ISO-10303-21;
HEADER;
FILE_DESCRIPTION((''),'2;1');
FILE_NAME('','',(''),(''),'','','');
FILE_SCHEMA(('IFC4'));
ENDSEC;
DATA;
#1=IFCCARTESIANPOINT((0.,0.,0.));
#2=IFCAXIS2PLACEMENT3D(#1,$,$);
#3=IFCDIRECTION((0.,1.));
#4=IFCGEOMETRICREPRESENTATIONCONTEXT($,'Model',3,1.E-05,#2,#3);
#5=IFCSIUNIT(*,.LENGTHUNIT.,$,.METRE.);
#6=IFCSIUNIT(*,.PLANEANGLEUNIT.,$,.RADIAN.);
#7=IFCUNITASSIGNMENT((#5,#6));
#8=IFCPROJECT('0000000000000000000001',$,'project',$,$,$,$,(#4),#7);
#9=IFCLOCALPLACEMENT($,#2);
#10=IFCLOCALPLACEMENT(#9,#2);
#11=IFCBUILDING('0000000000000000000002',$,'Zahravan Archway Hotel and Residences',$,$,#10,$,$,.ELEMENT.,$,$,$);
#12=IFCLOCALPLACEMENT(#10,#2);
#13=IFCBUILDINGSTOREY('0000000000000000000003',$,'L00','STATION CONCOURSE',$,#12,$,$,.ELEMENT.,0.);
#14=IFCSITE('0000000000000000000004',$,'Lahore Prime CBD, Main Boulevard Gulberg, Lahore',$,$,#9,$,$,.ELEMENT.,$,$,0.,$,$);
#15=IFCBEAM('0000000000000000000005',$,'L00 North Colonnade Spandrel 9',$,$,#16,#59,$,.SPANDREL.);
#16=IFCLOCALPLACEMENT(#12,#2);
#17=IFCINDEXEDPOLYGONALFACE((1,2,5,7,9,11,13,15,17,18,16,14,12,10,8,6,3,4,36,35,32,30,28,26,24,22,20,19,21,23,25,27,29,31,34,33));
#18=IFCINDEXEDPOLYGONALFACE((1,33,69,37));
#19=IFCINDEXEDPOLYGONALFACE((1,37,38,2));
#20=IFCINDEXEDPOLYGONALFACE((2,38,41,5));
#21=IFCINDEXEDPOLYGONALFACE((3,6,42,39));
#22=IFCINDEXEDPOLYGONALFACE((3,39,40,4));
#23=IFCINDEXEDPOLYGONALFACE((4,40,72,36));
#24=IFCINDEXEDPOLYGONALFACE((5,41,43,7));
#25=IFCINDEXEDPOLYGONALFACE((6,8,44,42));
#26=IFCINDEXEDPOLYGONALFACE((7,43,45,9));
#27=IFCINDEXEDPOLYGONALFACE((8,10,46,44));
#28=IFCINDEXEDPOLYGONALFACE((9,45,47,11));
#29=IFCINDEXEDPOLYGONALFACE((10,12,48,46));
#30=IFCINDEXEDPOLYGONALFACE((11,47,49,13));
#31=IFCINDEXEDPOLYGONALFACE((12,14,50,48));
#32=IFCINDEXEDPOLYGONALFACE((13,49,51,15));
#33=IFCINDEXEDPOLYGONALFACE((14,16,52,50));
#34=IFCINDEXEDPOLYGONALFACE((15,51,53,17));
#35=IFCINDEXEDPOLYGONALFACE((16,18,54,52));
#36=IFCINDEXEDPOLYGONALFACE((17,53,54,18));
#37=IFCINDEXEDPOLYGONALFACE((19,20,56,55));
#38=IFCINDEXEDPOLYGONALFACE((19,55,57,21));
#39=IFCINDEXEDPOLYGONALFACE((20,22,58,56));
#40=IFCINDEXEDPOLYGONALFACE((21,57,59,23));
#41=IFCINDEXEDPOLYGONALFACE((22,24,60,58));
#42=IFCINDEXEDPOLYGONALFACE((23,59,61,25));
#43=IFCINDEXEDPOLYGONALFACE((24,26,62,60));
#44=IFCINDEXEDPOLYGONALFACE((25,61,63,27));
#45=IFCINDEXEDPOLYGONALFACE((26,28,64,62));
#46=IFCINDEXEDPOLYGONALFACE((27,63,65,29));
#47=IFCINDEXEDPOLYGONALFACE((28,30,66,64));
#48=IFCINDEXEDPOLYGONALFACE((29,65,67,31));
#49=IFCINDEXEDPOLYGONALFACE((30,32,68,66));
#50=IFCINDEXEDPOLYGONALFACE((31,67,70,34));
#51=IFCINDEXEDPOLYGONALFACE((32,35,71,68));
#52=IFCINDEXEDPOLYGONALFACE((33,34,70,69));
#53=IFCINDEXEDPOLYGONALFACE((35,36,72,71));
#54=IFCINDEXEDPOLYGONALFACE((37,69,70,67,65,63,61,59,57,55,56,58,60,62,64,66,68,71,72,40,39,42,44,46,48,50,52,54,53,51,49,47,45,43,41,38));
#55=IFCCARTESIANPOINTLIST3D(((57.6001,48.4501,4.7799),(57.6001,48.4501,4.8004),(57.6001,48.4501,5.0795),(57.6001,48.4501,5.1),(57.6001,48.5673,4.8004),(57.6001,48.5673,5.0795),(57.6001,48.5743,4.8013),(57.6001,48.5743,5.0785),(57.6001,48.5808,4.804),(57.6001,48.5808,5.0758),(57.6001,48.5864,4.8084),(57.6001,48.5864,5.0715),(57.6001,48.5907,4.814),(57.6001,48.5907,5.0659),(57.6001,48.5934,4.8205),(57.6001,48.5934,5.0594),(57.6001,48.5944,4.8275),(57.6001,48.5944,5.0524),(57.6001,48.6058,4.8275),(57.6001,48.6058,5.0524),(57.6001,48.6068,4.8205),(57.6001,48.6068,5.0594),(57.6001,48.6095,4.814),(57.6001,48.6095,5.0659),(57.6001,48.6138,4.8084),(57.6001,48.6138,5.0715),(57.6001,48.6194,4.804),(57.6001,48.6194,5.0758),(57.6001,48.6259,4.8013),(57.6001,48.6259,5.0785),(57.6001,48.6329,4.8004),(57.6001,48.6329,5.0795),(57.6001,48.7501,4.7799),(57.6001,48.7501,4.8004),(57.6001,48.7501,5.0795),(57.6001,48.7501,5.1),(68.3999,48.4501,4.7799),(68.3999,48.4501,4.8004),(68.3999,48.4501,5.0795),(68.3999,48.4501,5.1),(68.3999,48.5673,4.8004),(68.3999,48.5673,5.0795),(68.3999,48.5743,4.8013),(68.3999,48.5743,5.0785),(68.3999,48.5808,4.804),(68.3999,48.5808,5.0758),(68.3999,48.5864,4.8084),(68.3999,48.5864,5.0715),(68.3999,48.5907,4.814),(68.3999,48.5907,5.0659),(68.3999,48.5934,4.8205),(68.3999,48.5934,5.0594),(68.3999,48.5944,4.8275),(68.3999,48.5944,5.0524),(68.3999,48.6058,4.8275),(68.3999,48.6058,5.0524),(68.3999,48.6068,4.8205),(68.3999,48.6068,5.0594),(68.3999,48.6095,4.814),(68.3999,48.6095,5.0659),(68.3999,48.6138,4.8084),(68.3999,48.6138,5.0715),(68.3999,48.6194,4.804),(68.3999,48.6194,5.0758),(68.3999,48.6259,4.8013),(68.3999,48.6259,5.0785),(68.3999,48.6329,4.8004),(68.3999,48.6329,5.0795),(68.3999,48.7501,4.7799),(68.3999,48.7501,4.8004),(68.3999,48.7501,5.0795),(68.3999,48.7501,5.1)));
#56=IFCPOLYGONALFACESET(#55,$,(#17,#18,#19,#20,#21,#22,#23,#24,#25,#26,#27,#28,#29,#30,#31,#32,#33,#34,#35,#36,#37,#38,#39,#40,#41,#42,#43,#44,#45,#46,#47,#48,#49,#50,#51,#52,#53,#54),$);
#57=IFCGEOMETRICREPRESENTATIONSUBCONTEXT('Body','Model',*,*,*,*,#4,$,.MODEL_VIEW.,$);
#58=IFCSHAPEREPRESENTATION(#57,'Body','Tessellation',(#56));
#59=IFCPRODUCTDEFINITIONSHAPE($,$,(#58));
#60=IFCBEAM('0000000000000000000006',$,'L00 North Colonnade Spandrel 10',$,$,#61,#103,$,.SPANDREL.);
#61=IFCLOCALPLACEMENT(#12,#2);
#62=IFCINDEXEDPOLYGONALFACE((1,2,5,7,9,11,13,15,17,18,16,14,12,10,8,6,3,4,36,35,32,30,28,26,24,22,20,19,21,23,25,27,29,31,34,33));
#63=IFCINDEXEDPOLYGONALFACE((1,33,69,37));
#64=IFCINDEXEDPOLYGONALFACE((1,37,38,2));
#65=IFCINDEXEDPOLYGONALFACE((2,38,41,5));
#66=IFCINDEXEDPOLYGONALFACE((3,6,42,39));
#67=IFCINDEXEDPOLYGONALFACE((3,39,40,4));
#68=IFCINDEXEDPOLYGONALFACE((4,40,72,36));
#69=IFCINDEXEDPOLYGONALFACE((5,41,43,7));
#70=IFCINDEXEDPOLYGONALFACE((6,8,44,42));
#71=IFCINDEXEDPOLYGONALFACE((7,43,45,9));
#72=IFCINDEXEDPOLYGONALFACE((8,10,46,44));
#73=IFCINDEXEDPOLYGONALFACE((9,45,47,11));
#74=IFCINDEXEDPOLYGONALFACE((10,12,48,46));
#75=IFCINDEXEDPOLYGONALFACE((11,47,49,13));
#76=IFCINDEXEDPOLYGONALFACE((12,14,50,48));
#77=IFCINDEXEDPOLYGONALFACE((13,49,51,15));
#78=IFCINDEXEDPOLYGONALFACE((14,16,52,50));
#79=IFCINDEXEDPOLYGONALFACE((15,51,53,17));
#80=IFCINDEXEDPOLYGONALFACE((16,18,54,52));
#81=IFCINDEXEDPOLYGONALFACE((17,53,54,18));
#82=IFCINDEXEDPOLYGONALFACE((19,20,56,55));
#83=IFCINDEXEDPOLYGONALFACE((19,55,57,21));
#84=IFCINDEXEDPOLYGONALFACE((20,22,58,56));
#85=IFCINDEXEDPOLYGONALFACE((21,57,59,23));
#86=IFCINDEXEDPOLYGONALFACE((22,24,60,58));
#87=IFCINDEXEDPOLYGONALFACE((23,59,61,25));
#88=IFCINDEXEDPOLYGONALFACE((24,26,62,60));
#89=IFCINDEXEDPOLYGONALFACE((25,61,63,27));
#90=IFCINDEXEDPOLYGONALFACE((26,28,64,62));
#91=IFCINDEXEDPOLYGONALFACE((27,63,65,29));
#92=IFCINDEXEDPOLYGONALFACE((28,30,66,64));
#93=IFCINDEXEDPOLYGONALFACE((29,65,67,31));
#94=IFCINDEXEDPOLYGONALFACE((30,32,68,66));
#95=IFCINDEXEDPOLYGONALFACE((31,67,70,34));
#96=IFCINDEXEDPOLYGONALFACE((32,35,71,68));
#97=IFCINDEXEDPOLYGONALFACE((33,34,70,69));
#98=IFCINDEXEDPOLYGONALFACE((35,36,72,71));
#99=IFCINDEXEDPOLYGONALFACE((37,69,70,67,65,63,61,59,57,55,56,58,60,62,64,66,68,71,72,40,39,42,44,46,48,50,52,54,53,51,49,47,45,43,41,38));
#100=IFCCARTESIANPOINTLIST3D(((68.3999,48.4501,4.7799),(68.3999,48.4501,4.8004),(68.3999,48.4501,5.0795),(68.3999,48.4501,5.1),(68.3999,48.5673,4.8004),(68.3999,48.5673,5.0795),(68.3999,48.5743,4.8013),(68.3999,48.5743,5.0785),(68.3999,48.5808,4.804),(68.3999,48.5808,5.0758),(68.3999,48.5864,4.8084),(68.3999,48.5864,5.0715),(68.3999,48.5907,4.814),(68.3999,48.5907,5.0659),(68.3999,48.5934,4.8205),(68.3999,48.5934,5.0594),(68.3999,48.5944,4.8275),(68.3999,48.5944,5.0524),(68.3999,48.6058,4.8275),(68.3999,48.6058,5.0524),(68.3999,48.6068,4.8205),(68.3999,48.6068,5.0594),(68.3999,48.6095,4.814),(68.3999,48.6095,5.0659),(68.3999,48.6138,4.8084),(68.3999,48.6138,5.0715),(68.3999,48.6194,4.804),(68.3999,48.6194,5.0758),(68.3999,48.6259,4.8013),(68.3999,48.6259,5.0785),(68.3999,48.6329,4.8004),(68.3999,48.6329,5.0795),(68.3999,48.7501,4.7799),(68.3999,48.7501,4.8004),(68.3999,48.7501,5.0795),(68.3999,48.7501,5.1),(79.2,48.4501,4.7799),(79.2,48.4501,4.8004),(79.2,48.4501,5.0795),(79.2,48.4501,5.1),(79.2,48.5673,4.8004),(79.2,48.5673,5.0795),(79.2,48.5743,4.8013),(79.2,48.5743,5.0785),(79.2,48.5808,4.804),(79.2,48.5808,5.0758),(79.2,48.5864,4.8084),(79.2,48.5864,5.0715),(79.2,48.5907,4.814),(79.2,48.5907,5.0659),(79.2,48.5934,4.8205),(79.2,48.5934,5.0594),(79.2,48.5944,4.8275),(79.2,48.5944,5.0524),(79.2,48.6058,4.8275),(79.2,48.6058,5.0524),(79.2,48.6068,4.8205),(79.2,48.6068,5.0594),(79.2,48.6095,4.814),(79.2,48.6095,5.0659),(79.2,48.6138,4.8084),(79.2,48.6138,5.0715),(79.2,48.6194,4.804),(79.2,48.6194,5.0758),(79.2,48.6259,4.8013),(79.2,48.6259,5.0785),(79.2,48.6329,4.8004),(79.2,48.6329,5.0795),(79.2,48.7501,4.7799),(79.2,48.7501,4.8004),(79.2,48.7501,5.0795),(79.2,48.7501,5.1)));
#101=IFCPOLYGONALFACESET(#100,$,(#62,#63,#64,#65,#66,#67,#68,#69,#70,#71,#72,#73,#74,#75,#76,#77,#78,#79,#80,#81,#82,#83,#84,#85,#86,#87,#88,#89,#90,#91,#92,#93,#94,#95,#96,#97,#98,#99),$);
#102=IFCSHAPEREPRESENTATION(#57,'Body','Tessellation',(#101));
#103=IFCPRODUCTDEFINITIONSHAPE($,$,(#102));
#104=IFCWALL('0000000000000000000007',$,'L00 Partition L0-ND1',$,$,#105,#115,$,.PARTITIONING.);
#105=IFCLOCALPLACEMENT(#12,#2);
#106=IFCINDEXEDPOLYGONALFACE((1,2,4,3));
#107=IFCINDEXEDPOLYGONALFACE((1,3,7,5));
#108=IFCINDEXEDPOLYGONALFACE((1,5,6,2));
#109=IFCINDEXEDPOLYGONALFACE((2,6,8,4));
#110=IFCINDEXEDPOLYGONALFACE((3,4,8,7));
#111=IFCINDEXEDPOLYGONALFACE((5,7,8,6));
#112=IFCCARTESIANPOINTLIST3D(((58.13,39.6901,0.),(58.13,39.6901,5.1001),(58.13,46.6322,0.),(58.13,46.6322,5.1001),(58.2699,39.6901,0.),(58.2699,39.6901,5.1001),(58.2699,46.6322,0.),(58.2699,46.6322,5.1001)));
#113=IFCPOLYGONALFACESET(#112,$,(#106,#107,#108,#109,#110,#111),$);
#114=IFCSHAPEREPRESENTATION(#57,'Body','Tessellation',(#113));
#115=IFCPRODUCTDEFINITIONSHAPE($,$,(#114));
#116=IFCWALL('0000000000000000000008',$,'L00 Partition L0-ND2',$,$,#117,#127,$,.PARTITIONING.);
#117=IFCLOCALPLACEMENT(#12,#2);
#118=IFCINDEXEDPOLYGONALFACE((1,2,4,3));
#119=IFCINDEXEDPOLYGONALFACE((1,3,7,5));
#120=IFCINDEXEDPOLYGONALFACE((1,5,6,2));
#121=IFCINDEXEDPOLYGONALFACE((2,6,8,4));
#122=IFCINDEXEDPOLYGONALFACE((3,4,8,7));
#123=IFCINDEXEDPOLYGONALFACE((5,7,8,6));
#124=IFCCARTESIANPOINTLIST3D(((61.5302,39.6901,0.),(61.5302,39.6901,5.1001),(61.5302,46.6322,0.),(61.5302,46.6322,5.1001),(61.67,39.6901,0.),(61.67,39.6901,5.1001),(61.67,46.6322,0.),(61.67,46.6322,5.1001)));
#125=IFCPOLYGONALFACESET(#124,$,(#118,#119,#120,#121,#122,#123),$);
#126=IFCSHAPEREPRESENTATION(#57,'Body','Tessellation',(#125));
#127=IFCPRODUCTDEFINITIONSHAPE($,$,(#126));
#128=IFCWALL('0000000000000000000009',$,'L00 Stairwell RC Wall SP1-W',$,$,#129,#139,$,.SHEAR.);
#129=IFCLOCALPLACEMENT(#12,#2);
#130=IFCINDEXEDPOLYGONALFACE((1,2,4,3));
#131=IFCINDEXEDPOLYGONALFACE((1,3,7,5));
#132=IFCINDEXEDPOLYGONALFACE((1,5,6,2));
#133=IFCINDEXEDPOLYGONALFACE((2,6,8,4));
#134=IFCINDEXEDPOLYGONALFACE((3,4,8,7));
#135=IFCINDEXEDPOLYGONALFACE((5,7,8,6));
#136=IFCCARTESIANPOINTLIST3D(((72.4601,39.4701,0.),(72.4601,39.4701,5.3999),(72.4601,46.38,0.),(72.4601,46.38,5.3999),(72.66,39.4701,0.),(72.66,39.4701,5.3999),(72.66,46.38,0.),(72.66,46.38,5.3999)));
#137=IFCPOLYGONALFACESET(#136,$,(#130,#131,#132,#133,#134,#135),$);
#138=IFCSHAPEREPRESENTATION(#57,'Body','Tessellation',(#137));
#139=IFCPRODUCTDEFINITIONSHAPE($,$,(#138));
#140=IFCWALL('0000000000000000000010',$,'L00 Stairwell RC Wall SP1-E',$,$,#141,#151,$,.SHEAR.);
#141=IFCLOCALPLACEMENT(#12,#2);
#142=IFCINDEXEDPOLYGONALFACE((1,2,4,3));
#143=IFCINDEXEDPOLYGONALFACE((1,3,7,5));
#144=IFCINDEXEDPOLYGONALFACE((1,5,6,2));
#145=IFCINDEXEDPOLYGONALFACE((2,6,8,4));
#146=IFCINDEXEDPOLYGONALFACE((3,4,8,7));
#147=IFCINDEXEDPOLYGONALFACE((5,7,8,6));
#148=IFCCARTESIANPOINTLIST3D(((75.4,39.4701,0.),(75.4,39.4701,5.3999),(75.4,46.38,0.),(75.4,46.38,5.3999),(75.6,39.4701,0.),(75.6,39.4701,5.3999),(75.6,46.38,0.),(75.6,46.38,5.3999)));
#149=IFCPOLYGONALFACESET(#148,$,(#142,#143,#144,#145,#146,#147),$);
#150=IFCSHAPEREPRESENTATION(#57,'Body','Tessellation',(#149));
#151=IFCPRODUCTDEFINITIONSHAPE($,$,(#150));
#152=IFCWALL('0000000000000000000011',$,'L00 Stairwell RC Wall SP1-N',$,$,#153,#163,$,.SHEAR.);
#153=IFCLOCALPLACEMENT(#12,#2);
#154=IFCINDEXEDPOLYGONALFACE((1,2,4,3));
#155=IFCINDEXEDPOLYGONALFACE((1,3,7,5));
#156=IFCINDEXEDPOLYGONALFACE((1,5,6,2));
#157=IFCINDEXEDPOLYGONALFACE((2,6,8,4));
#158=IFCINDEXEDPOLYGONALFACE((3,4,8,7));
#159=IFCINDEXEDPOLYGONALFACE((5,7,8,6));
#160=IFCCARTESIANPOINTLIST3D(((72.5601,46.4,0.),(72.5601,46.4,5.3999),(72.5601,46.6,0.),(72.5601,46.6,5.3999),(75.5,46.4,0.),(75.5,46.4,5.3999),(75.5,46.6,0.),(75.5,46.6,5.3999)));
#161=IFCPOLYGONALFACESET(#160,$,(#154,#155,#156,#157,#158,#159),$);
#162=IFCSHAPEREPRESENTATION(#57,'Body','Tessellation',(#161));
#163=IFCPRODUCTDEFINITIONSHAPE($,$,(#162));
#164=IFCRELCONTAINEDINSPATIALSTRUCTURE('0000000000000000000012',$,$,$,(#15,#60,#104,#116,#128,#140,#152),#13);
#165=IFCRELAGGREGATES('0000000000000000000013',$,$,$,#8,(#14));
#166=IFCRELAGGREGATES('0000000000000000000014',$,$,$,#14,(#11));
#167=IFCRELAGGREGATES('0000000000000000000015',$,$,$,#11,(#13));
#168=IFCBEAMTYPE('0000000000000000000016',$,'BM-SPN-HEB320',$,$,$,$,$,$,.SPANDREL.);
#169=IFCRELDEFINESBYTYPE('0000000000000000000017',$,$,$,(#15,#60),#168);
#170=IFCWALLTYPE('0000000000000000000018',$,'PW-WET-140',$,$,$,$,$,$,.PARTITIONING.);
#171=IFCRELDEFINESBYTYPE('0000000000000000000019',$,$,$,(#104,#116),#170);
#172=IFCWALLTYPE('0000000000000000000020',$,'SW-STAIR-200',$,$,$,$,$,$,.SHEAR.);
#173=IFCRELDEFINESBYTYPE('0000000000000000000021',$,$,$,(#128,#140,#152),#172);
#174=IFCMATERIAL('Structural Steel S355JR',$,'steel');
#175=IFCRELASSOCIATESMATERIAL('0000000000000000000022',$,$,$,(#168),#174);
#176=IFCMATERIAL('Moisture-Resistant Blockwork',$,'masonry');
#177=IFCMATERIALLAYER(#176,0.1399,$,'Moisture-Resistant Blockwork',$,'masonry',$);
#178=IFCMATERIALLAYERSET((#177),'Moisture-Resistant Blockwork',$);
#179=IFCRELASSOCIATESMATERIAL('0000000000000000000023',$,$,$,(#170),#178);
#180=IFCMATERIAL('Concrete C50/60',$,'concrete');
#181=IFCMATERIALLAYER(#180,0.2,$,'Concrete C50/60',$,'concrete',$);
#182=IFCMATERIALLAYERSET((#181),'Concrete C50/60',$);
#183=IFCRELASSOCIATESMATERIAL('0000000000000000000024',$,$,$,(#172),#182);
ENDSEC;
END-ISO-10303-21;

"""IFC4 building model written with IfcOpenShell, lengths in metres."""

from ifc_helpers import new_model, si_unit, direction, frame, frame_2d, origin, origin_2d, place, context, subcontext, project, spatial, rectangle, i_section, extrude, source, transform, mapped, material, layer, layer_set, material_profile, profile_set, type_object, element, save


model = new_model("IFC4")

# Units and contexts
model_context = context("Model", 3, precision=1e-05, world=origin(), true_north=direction((0.0, 1.0)))
body_context = subcontext(model_context, "Body", "Model", "MODEL_VIEW")
ifc_project = project(units=[si_unit("LENGTHUNIT", "METRE"), si_unit("PLANEANGLEUNIT", "RADIAN")], contexts=[model_context])

# Site, building, storey
site_placement = place(None, origin())
site = spatial("IfcSite", under=ifc_project, at=site_placement, Name="Lahore Prime CBD, Main Boulevard Gulberg, Lahore", CompositionType="ELEMENT", RefElevation=0.0)
building_placement = place(site_placement, origin())
building = spatial("IfcBuilding", under=site, at=building_placement, Name="Zahravan Archway Hotel and Residences", CompositionType="ELEMENT")
storey_placement = place(building_placement, origin())
storey = spatial("IfcBuildingStorey", under=building, at=storey_placement, Name="L00", Description="STATION CONCOURSE", CompositionType="ELEMENT", Elevation=0.0)

# Beams
ifc_material_1 = material(Name="Structural Steel S355JR", Category="steel")
ifc_material_profile_1 = material_profile(ifc_material_1, i_section(OverallWidth=0.3, OverallDepth=0.3201, WebThickness=0.0115, FlangeThickness=0.0205, FilletRadius=0.0271, at=origin_2d()), Name="HEB 320", Category="steel")
ifc_profile_set_1 = profile_set([ifc_material_profile_1], Name="Structural Steel S355JR")
beam_type_1 = type_object("IfcBeamType", Name="BM-SPN-HEB320", PredefinedType="SPANDREL", material=ifc_profile_set_1)
shared_shape_1 = source(origin(), body_context, "Body", "SweptSolid", [
    extrude(i_section(OverallWidth=0.3, OverallDepth=0.3201, WebThickness=0.0115, FlangeThickness=0.0205, FilletRadius=0.0271, at=origin_2d()), origin(), (0.0, 0.0, 1.0), 10.7998),
])
beam_1_placement = place(storey_placement, frame((57.6001, 48.6001, 4.9399), z_axis=(1.0, 0.0, 0.0), x_axis=(0.0, 1.0, 0.0)))
element("IfcBeam", 1, at=beam_1_placement, inside=storey, type_object=beam_type_1, Name="L00 North Colonnade Spandrel 9", PredefinedType="SPANDREL", context=body_context, shape_type="MappedRepresentation", body=[
    mapped(shared_shape_1, transform((0.0, 0.0, 0.0), scale=1.0)),
])
shared_shape_2 = source(origin(), body_context, "Body", "SweptSolid", [
    extrude(i_section(OverallWidth=0.3, OverallDepth=0.3201, WebThickness=0.0115, FlangeThickness=0.0205, FilletRadius=0.0271, at=origin_2d()), origin(), (0.0, 0.0, 1.0), 10.8),
])
beam_2_placement = place(storey_placement, frame((68.3999, 48.6001, 4.9399), z_axis=(1.0, 0.0, 0.0), x_axis=(0.0, 1.0, 0.0)))
element("IfcBeam", 2, at=beam_2_placement, inside=storey, type_object=beam_type_1, Name="L00 North Colonnade Spandrel 10", PredefinedType="SPANDREL", context=body_context, shape_type="MappedRepresentation", body=[
    mapped(shared_shape_2, transform((0.0, 0.0, 0.0), scale=1.0)),
])

# Walls
ifc_material_2 = material(Name="Moisture-Resistant Blockwork", Category="masonry")
ifc_layer_1 = layer(ifc_material_2, 0.1399, Name="Moisture-Resistant Blockwork", Category="masonry")
ifc_layer_set_1 = layer_set([ifc_layer_1], Name="Moisture-Resistant Blockwork")
wall_type_1 = type_object("IfcWallType", Name="PW-WET-140", PredefinedType="PARTITIONING", material=ifc_layer_set_1)
for number, where, z_axis, x_axis, name in (
    (3, (58.2, 39.6899, 0.0), (0.0, 0.0, 1.0), (0.0, 1.0, 0.0), "L00 Partition L0-ND1"),
    (4, (61.6001, 39.6899, 0.0), (0.0, 0.0, 1.0), (0.0, 1.0, 0.0), "L00 Partition L0-ND2"),
):
    element("IfcWall", number, at=place(storey_placement, frame(where, z_axis=z_axis, x_axis=x_axis)), inside=storey, type_object=wall_type_1, Name=name, PredefinedType="PARTITIONING", context=body_context, shape_type="SweptSolid", body=[
        extrude(rectangle(XDim=6.9421, YDim=0.1399, at=frame_2d((3.4712, 0.0))), origin(), (0.0, 0.0, 1.0), 5.1001),
    ])
ifc_material_3 = material(Name="Concrete C50/60", Category="concrete")
ifc_layer_2 = layer(ifc_material_3, 0.2, Name="Concrete C50/60", Category="concrete")
ifc_layer_set_2 = layer_set([ifc_layer_2], Name="Concrete C50/60")
wall_type_2 = type_object("IfcWallType", Name="SW-STAIR-200", PredefinedType="SHEAR", material=ifc_layer_set_2)
for number, where, z_axis, x_axis, name in (
    (5, (72.5601, 39.47, 0.0), (0.0, 0.0, 1.0), (0.0, 1.0, 0.0), "L00 Stairwell RC Wall SP1-W"),
    (6, (75.5, 39.47, 0.0), (0.0, 0.0, 1.0), (0.0, 1.0, 0.0), "L00 Stairwell RC Wall SP1-E"),
):
    element("IfcWall", number, at=place(storey_placement, frame(where, z_axis=z_axis, x_axis=x_axis)), inside=storey, type_object=wall_type_2, Name=name, PredefinedType="SHEAR", context=body_context, shape_type="SweptSolid", body=[
        extrude(rectangle(XDim=6.9099, YDim=0.2, at=frame_2d((3.4551, 0.0))), origin(), (0.0, 0.0, 1.0), 5.3999),
    ])
wall_1_placement = place(storey_placement, frame((72.5601, 46.5, 0.0), z_axis=(0.0, 0.0, 1.0), x_axis=(1.0, 0.0, 0.0)))
element("IfcWall", 7, at=wall_1_placement, inside=storey, type_object=wall_type_2, Name="L00 Stairwell RC Wall SP1-N", PredefinedType="SHEAR", context=body_context, shape_type="SweptSolid", body=[
    extrude(rectangle(XDim=2.9399, YDim=0.2, at=frame_2d((1.47, 0.0))), origin(), (0.0, 0.0, 1.0), 5.3999),
])

save(model, "model.ifc")
